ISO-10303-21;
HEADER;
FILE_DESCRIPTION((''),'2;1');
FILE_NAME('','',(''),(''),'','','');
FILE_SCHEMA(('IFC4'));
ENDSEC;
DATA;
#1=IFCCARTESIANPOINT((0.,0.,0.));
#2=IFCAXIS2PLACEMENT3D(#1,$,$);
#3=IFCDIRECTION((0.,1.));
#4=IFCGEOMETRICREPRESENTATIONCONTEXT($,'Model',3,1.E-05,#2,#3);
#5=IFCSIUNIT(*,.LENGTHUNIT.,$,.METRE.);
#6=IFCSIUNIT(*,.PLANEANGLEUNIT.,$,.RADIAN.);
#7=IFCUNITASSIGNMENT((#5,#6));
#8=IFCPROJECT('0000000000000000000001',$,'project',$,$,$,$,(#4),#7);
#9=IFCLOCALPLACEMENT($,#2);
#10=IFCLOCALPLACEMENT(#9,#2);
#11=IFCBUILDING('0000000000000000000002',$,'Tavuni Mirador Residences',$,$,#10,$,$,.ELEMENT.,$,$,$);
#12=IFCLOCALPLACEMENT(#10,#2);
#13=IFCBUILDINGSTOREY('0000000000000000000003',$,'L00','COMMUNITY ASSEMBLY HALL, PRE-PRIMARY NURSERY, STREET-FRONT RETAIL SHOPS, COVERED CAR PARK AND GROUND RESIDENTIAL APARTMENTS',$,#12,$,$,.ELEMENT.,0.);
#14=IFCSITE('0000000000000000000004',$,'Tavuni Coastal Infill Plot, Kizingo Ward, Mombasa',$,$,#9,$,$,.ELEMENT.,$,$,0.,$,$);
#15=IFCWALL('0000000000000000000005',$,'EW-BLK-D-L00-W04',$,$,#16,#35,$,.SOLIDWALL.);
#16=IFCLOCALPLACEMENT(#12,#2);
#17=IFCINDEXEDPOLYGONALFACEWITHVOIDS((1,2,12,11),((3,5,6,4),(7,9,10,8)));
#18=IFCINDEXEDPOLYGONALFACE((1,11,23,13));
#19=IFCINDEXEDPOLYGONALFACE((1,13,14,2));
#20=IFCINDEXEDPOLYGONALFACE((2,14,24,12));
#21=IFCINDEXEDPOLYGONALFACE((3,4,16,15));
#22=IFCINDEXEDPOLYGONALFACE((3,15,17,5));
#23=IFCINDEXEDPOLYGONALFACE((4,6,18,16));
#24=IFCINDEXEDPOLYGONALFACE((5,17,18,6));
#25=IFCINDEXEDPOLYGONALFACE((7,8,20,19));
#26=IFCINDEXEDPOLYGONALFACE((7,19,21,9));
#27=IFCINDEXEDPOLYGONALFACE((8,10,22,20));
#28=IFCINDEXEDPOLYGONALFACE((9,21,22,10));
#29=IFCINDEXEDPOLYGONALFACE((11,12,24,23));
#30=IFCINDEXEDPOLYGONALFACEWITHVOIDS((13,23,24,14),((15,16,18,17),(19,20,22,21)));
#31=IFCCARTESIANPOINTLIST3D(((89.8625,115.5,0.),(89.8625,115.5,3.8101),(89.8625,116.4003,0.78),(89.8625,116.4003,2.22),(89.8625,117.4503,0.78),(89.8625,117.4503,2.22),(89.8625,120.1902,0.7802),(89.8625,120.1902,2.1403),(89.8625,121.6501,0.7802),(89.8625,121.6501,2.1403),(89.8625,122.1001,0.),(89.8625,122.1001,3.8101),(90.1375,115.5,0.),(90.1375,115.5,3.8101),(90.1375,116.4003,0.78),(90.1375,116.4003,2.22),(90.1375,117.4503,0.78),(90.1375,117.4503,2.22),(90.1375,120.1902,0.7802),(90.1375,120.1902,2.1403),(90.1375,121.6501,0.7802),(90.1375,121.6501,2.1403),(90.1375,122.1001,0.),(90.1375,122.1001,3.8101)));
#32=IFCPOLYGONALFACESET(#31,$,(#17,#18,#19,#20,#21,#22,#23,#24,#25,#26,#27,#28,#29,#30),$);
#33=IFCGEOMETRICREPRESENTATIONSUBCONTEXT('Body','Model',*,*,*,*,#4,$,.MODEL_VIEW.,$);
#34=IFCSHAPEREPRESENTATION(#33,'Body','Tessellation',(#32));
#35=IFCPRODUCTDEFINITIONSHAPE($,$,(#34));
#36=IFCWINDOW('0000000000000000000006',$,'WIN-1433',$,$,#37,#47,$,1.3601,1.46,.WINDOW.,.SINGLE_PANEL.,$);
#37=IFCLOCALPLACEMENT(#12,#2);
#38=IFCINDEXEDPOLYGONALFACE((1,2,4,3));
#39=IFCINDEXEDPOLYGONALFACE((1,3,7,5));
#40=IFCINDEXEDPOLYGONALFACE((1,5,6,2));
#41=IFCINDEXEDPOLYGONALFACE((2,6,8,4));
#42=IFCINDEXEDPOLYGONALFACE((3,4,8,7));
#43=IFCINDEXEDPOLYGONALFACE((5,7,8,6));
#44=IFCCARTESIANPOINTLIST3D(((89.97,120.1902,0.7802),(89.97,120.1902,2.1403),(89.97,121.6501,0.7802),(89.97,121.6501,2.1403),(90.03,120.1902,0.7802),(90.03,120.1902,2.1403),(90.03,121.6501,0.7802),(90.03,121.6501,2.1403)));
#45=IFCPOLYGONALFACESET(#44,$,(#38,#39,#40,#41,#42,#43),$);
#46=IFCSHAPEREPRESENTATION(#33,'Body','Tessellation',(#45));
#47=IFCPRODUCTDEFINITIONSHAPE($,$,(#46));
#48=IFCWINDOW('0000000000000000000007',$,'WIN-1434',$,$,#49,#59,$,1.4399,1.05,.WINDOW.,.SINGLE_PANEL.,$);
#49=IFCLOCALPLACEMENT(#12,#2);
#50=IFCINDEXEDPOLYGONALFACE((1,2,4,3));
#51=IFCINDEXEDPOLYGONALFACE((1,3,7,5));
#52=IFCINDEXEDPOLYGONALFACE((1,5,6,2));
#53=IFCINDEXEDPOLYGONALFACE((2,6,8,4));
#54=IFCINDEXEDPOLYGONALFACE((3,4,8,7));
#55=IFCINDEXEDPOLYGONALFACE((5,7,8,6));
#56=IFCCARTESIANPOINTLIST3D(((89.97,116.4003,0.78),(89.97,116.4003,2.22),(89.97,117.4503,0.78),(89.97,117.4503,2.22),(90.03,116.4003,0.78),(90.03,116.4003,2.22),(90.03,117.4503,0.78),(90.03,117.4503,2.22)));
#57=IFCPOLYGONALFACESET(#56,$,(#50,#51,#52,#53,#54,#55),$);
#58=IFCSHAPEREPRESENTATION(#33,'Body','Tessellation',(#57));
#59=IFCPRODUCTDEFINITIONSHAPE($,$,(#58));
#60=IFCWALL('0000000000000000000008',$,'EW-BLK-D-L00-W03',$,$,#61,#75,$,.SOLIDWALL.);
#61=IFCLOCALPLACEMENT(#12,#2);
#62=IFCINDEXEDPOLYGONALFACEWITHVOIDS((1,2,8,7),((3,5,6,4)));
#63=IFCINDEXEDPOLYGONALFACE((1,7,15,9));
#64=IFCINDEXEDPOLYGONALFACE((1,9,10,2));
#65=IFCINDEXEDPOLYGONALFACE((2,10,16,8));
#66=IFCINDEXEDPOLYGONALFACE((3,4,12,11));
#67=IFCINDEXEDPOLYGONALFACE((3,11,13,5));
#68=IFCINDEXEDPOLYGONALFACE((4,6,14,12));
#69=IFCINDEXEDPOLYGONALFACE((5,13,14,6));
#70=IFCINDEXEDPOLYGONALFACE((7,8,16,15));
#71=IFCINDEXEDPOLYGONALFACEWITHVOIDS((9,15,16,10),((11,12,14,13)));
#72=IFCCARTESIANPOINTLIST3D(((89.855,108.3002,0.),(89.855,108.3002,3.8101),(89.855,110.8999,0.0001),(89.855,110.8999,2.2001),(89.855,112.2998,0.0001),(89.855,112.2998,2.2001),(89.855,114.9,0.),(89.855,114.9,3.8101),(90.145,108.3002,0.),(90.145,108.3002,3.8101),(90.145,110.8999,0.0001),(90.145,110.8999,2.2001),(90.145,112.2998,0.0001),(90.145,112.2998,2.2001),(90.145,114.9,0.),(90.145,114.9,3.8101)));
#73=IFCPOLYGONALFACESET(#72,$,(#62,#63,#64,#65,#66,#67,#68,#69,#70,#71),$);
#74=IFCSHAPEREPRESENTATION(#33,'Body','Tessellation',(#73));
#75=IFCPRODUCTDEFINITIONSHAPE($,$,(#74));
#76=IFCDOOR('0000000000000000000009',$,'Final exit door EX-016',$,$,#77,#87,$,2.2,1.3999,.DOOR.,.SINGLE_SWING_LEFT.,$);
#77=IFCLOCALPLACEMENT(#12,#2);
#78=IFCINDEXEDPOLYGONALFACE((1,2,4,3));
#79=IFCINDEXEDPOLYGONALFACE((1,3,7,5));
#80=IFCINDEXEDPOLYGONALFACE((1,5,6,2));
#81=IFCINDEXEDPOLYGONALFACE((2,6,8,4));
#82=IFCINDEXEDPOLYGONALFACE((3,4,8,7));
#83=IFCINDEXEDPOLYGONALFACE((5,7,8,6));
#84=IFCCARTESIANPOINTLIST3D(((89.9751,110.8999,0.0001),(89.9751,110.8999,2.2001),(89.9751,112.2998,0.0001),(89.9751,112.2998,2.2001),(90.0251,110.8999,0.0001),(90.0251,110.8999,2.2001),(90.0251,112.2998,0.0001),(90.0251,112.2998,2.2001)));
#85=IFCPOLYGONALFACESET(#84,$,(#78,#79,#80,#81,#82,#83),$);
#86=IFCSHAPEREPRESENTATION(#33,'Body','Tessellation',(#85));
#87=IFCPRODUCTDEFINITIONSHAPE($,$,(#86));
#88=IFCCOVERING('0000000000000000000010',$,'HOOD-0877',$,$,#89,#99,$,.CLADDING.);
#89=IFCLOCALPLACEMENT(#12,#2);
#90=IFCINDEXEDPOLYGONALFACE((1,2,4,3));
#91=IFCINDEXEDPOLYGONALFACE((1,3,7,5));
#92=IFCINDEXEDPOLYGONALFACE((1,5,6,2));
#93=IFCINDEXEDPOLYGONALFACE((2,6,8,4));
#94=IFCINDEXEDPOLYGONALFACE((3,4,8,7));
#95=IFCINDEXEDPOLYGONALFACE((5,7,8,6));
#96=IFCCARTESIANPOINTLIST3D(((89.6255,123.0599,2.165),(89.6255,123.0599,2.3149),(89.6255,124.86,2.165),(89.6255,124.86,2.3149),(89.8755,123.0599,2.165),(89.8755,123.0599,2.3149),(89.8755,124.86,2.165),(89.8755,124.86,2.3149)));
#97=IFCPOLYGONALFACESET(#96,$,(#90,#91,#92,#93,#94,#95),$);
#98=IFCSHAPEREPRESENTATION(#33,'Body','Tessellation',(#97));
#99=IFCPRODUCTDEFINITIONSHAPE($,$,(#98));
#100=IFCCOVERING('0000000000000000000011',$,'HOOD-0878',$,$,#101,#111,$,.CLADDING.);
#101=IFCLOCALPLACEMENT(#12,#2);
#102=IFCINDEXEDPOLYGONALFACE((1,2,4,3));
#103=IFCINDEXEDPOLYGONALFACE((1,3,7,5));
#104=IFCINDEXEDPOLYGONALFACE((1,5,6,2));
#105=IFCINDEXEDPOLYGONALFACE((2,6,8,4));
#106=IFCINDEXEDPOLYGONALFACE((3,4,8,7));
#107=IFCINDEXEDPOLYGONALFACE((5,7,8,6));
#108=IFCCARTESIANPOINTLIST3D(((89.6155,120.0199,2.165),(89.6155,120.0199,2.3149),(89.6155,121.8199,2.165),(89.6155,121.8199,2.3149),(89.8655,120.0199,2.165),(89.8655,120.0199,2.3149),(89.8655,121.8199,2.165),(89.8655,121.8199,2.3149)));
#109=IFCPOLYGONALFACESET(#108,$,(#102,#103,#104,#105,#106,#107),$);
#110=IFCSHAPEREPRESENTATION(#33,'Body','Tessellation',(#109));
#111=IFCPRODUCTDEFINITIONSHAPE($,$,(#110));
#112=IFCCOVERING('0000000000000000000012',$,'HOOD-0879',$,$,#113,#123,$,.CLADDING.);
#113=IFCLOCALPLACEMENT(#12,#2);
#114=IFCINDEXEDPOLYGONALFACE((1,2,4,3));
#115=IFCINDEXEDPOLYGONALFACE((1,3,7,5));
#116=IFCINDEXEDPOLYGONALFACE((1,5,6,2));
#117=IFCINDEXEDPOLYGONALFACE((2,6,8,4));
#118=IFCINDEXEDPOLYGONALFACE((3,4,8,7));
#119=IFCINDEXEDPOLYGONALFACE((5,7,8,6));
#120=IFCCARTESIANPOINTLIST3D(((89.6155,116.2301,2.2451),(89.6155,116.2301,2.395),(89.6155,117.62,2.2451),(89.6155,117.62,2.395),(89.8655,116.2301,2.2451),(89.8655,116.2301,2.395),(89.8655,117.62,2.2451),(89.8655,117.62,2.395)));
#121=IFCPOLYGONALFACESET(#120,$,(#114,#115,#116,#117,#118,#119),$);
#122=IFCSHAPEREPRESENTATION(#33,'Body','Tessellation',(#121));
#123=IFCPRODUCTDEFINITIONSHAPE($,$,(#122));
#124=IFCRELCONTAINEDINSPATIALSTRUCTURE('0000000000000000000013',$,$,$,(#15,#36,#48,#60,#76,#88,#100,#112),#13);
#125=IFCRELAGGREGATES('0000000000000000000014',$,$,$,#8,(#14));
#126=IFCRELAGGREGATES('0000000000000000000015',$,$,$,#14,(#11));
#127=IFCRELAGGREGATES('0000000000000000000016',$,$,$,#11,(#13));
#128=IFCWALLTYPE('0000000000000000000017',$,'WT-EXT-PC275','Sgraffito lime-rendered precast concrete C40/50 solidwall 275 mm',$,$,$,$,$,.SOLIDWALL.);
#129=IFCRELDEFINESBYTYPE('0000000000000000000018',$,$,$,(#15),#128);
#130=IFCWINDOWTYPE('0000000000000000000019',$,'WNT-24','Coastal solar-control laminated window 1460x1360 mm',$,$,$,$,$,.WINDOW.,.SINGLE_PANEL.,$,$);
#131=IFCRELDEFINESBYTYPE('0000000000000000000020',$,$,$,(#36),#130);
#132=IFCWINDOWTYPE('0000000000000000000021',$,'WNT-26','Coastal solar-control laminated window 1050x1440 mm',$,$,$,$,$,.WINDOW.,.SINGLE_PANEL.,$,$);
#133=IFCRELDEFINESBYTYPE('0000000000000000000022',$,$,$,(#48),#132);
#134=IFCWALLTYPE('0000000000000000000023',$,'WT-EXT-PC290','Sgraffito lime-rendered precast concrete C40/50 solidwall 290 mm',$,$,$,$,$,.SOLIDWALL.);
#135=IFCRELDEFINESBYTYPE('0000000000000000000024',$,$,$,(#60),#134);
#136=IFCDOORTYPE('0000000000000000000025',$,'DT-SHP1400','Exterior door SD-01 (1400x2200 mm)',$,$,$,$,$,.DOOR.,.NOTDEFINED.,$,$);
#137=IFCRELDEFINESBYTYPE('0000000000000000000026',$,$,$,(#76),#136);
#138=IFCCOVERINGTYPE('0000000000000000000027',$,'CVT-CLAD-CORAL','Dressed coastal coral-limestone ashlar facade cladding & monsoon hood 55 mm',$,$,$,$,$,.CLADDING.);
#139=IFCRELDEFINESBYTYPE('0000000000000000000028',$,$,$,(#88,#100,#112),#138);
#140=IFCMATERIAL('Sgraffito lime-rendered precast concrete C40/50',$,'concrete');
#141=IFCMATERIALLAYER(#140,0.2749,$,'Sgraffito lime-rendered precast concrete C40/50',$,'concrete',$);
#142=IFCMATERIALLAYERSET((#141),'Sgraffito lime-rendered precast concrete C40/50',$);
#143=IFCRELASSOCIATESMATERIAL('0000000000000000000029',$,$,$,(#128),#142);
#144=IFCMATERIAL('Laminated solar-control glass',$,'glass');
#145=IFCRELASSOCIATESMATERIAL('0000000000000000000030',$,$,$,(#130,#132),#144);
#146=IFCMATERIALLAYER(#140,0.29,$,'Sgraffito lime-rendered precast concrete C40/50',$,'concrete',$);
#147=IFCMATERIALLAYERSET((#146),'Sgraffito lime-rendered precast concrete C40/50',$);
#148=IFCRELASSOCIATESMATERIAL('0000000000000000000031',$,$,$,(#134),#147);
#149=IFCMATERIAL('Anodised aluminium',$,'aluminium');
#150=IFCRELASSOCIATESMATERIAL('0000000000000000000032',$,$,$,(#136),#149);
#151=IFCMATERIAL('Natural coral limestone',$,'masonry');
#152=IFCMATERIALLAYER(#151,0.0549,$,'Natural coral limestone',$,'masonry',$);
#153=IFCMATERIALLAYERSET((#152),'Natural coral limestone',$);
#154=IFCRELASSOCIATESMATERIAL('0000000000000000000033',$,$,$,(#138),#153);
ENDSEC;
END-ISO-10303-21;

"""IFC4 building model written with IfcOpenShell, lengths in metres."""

from ifc_helpers import new_model, si_unit, direction, frame, frame_2d, origin, origin_2d, place, context, subcontext, project, spatial, rectangle, extrude, material, layer, layer_set, type_object, element, fill, save


model = new_model("IFC4")

# Units and contexts
model_context = context("Model", 3, precision=1e-05, world=origin(), true_north=direction((0.0, 1.0)))
body_context = subcontext(model_context, "Body", "Model", "MODEL_VIEW")
ifc_project = project(units=[si_unit("LENGTHUNIT", "METRE"), si_unit("PLANEANGLEUNIT", "RADIAN")], contexts=[model_context])

# Site, building, storey
site_placement = place(None, origin())
site = spatial("IfcSite", under=ifc_project, at=site_placement, Name="Tavuni Coastal Infill Plot, Kizingo Ward, Mombasa", CompositionType="ELEMENT", RefElevation=0.0)
building_placement = place(site_placement, origin())
building = spatial("IfcBuilding", under=site, at=building_placement, Name="Tavuni Mirador Residences", CompositionType="ELEMENT")
storey_placement = place(building_placement, origin())
storey = spatial("IfcBuildingStorey", under=building, at=storey_placement, Name="L00", Description="COMMUNITY ASSEMBLY HALL, PRE-PRIMARY NURSERY, STREET-FRONT RETAIL SHOPS, COVERED CAR PARK AND GROUND RESIDENTIAL APARTMENTS", CompositionType="ELEMENT", Elevation=0.0)

# Wall, openings, windows
ifc_material_1 = material(Name="Sgraffito lime-rendered precast concrete C40/50", Category="concrete")
ifc_layer_1 = layer(ifc_material_1, 0.2749, Name="Sgraffito lime-rendered precast concrete C40/50", Category="concrete")
ifc_layer_set_1 = layer_set([ifc_layer_1], Name="Sgraffito lime-rendered precast concrete C40/50")
wall_type_1 = type_object("IfcWallType", Name="WT-EXT-PC275", Description="Sgraffito lime-rendered precast concrete C40/50 solidwall 275 mm", PredefinedType="SOLIDWALL", material=ifc_layer_set_1)
wall_1_placement = place(storey_placement, frame((90.0, 122.1001, 0.0), z_axis=(0.0, 0.0, 1.0), x_axis=(0.0, -1.0, 0.0)))
wall_1 = element("IfcWall", 1, at=wall_1_placement, inside=storey, type_object=wall_type_1, Name="EW-BLK-D-L00-W04", PredefinedType="SOLIDWALL", context=body_context, shape_type="SweptSolid", body=[
    extrude(rectangle(XDim=6.6001, YDim=0.2749, at=frame_2d((3.3, 0.0))), origin(), (0.0, 0.0, 1.0), 3.8101),
])
opening_1_placement = place(wall_1_placement, frame((0.45, 0.0, 0.78)))
opening_1 = element("IfcOpeningElement", 2, at=opening_1_placement, cuts=wall_1, PredefinedType="OPENING", context=body_context, shape_type="SweptSolid", body=[
    extrude(rectangle(XDim=1.46, YDim=1.3601, at=frame_2d((0.73, 0.6802))), frame((0.0, 0.1475, 0.0), z_axis=(0.0, -1.0, 0.0), x_axis=(1.0, 0.0, 0.0)), (0.0, 0.0, 1.0), 0.2949),
])
opening_2_placement = place(wall_1_placement, frame((4.6499, 0.0, 0.78)))
opening_2 = element("IfcOpeningElement", 3, at=opening_2_placement, cuts=wall_1, PredefinedType="OPENING", context=body_context, shape_type="SweptSolid", body=[
    extrude(rectangle(XDim=1.05, YDim=1.4399, at=frame_2d((0.5249, 0.72))), frame((0.0, 0.1475, 0.0), z_axis=(0.0, -1.0, 0.0), x_axis=(1.0, 0.0, 0.0)), (0.0, 0.0, 1.0), 0.2949),
])
ifc_material_2 = material(Name="Laminated solar-control glass", Category="glass")
window_type_1 = type_object("IfcWindowType", Name="WNT-24", Description="Coastal solar-control laminated window 1460x1360 mm", PartitioningType="SINGLE_PANEL", PredefinedType="WINDOW", material=ifc_material_2)
window_1_placement = place(opening_1_placement, origin())
window_1 = element("IfcWindow", 4, at=window_1_placement, inside=storey, type_object=window_type_1, Name="WIN-1433", OverallHeight=1.3601, OverallWidth=1.46, PartitioningType="SINGLE_PANEL", PredefinedType="WINDOW", context=body_context, shape_type="SweptSolid", body=[
    extrude(rectangle(XDim=1.46, YDim=1.3601, at=frame_2d((0.73, 0.6802))), frame((0.0, 0.03, 0.0), z_axis=(0.0, -1.0, 0.0), x_axis=(1.0, 0.0, 0.0)), (0.0, 0.0, 1.0), 0.0601),
])
fill(opening_1, window_1)
window_type_2 = type_object("IfcWindowType", Name="WNT-26", Description="Coastal solar-control laminated window 1050x1440 mm", PartitioningType="SINGLE_PANEL", PredefinedType="WINDOW", material=ifc_material_2)
window_2_placement = place(opening_2_placement, origin())
window_2 = element("IfcWindow", 5, at=window_2_placement, inside=storey, type_object=window_type_2, Name="WIN-1434", OverallHeight=1.4399, OverallWidth=1.05, PartitioningType="SINGLE_PANEL", PredefinedType="WINDOW", context=body_context, shape_type="SweptSolid", body=[
    extrude(rectangle(XDim=1.05, YDim=1.4399, at=frame_2d((0.5249, 0.72))), frame((0.0, 0.03, 0.0), z_axis=(0.0, -1.0, 0.0), x_axis=(1.0, 0.0, 0.0)), (0.0, 0.0, 1.0), 0.0601),
])
fill(opening_2, window_2)

# Wall, opening, door
ifc_layer_2 = layer(ifc_material_1, 0.29, Name="Sgraffito lime-rendered precast concrete C40/50", Category="concrete")
ifc_layer_set_2 = layer_set([ifc_layer_2], Name="Sgraffito lime-rendered precast concrete C40/50")
wall_type_2 = type_object("IfcWallType", Name="WT-EXT-PC290", Description="Sgraffito lime-rendered precast concrete C40/50 solidwall 290 mm", PredefinedType="SOLIDWALL", material=ifc_layer_set_2)
wall_2_placement = place(storey_placement, frame((90.0, 114.8999, 0.0), z_axis=(0.0, 0.0, 1.0), x_axis=(0.0, -1.0, 0.0)))
wall_2 = element("IfcWall", 6, at=wall_2_placement, inside=storey, type_object=wall_type_2, Name="EW-BLK-D-L00-W03", PredefinedType="SOLIDWALL", context=body_context, shape_type="SweptSolid", body=[
    extrude(rectangle(XDim=6.5999, YDim=0.29, at=frame_2d((3.2998, 0.0))), origin(), (0.0, 0.0, 1.0), 3.8101),
])
opening_3_placement = place(wall_2_placement, frame((2.6001, 0.0, 0.0)))
opening_3 = element("IfcOpeningElement", 7, at=opening_3_placement, cuts=wall_2, PredefinedType="OPENING", context=body_context, shape_type="SweptSolid", body=[
    extrude(rectangle(XDim=1.3999, YDim=2.2, at=frame_2d((0.7, 1.1001))), frame((0.0, 0.155, 0.0), z_axis=(0.0, -1.0, 0.0), x_axis=(1.0, 0.0, 0.0)), (0.0, 0.0, 1.0), 0.3101),
])
ifc_material_3 = material(Name="Anodised aluminium", Category="aluminium")
door_type = type_object("IfcDoorType", Name="DT-SHP1400", Description="Exterior door SD-01 (1400x2200 mm)", OperationType="NOTDEFINED", PredefinedType="DOOR", material=ifc_material_3)
door_placement = place(opening_3_placement, frame((1.3999, 0.0, 0.0), z_axis=(0.0, 0.0, 1.0), x_axis=(-1.0, 0.0, 0.0)))
door = element("IfcDoor", 8, at=door_placement, inside=storey, type_object=door_type, Name="Final exit door EX-016", OperationType="SINGLE_SWING_LEFT", OverallHeight=2.2, OverallWidth=1.3999, PredefinedType="DOOR", context=body_context, shape_type="SweptSolid", body=[
    extrude(rectangle(XDim=1.3999, YDim=2.2, at=frame_2d((0.7, 1.1001))), frame((0.0, 0.0249, 0.0), z_axis=(0.0, -1.0, 0.0), x_axis=(1.0, 0.0, 0.0)), (0.0, 0.0, 1.0), 0.05),
])
fill(opening_3, door)

# Coverings
ifc_material_4 = material(Name="Natural coral limestone", Category="masonry")
ifc_layer_3 = layer(ifc_material_4, 0.0549, Name="Natural coral limestone", Category="masonry")
ifc_layer_set_3 = layer_set([ifc_layer_3], Name="Natural coral limestone")
covering_type = type_object("IfcCoveringType", Name="CVT-CLAD-CORAL", Description="Dressed coastal coral-limestone ashlar facade cladding & monsoon hood 55 mm", PredefinedType="CLADDING", material=ifc_layer_set_3)
for number, where, z_axis, x_axis, name in (
    (9, (89.7505, 123.96, 2.165), (0.0, 0.0, 1.0), (0.0, -1.0, 0.0), "HOOD-0877"),
    (10, (89.7405, 120.9199, 2.165), (0.0, 0.0, 1.0), (0.0, -1.0, 0.0), "HOOD-0878"),
):
    element("IfcCovering", number, at=place(storey_placement, frame(where, z_axis=z_axis, x_axis=x_axis)), inside=storey, type_object=covering_type, Name=name, PredefinedType="CLADDING", context=body_context, shape_type="SweptSolid", body=[
        extrude(rectangle(XDim=1.8, YDim=0.25, at=origin_2d()), origin(), (0.0, 0.0, 1.0), 0.1499),
    ])
covering_placement = place(storey_placement, frame((89.7405, 116.925, 2.2451), z_axis=(0.0, 0.0, 1.0), x_axis=(0.0, -1.0, 0.0)))
element("IfcCovering", 11, at=covering_placement, inside=storey, type_object=covering_type, Name="HOOD-0879", PredefinedType="CLADDING", context=body_context, shape_type="SweptSolid", body=[
    extrude(rectangle(XDim=1.3899, YDim=0.25, at=origin_2d()), origin(), (0.0, 0.0, 1.0), 0.1499),
])

save(model, "model.ifc")
